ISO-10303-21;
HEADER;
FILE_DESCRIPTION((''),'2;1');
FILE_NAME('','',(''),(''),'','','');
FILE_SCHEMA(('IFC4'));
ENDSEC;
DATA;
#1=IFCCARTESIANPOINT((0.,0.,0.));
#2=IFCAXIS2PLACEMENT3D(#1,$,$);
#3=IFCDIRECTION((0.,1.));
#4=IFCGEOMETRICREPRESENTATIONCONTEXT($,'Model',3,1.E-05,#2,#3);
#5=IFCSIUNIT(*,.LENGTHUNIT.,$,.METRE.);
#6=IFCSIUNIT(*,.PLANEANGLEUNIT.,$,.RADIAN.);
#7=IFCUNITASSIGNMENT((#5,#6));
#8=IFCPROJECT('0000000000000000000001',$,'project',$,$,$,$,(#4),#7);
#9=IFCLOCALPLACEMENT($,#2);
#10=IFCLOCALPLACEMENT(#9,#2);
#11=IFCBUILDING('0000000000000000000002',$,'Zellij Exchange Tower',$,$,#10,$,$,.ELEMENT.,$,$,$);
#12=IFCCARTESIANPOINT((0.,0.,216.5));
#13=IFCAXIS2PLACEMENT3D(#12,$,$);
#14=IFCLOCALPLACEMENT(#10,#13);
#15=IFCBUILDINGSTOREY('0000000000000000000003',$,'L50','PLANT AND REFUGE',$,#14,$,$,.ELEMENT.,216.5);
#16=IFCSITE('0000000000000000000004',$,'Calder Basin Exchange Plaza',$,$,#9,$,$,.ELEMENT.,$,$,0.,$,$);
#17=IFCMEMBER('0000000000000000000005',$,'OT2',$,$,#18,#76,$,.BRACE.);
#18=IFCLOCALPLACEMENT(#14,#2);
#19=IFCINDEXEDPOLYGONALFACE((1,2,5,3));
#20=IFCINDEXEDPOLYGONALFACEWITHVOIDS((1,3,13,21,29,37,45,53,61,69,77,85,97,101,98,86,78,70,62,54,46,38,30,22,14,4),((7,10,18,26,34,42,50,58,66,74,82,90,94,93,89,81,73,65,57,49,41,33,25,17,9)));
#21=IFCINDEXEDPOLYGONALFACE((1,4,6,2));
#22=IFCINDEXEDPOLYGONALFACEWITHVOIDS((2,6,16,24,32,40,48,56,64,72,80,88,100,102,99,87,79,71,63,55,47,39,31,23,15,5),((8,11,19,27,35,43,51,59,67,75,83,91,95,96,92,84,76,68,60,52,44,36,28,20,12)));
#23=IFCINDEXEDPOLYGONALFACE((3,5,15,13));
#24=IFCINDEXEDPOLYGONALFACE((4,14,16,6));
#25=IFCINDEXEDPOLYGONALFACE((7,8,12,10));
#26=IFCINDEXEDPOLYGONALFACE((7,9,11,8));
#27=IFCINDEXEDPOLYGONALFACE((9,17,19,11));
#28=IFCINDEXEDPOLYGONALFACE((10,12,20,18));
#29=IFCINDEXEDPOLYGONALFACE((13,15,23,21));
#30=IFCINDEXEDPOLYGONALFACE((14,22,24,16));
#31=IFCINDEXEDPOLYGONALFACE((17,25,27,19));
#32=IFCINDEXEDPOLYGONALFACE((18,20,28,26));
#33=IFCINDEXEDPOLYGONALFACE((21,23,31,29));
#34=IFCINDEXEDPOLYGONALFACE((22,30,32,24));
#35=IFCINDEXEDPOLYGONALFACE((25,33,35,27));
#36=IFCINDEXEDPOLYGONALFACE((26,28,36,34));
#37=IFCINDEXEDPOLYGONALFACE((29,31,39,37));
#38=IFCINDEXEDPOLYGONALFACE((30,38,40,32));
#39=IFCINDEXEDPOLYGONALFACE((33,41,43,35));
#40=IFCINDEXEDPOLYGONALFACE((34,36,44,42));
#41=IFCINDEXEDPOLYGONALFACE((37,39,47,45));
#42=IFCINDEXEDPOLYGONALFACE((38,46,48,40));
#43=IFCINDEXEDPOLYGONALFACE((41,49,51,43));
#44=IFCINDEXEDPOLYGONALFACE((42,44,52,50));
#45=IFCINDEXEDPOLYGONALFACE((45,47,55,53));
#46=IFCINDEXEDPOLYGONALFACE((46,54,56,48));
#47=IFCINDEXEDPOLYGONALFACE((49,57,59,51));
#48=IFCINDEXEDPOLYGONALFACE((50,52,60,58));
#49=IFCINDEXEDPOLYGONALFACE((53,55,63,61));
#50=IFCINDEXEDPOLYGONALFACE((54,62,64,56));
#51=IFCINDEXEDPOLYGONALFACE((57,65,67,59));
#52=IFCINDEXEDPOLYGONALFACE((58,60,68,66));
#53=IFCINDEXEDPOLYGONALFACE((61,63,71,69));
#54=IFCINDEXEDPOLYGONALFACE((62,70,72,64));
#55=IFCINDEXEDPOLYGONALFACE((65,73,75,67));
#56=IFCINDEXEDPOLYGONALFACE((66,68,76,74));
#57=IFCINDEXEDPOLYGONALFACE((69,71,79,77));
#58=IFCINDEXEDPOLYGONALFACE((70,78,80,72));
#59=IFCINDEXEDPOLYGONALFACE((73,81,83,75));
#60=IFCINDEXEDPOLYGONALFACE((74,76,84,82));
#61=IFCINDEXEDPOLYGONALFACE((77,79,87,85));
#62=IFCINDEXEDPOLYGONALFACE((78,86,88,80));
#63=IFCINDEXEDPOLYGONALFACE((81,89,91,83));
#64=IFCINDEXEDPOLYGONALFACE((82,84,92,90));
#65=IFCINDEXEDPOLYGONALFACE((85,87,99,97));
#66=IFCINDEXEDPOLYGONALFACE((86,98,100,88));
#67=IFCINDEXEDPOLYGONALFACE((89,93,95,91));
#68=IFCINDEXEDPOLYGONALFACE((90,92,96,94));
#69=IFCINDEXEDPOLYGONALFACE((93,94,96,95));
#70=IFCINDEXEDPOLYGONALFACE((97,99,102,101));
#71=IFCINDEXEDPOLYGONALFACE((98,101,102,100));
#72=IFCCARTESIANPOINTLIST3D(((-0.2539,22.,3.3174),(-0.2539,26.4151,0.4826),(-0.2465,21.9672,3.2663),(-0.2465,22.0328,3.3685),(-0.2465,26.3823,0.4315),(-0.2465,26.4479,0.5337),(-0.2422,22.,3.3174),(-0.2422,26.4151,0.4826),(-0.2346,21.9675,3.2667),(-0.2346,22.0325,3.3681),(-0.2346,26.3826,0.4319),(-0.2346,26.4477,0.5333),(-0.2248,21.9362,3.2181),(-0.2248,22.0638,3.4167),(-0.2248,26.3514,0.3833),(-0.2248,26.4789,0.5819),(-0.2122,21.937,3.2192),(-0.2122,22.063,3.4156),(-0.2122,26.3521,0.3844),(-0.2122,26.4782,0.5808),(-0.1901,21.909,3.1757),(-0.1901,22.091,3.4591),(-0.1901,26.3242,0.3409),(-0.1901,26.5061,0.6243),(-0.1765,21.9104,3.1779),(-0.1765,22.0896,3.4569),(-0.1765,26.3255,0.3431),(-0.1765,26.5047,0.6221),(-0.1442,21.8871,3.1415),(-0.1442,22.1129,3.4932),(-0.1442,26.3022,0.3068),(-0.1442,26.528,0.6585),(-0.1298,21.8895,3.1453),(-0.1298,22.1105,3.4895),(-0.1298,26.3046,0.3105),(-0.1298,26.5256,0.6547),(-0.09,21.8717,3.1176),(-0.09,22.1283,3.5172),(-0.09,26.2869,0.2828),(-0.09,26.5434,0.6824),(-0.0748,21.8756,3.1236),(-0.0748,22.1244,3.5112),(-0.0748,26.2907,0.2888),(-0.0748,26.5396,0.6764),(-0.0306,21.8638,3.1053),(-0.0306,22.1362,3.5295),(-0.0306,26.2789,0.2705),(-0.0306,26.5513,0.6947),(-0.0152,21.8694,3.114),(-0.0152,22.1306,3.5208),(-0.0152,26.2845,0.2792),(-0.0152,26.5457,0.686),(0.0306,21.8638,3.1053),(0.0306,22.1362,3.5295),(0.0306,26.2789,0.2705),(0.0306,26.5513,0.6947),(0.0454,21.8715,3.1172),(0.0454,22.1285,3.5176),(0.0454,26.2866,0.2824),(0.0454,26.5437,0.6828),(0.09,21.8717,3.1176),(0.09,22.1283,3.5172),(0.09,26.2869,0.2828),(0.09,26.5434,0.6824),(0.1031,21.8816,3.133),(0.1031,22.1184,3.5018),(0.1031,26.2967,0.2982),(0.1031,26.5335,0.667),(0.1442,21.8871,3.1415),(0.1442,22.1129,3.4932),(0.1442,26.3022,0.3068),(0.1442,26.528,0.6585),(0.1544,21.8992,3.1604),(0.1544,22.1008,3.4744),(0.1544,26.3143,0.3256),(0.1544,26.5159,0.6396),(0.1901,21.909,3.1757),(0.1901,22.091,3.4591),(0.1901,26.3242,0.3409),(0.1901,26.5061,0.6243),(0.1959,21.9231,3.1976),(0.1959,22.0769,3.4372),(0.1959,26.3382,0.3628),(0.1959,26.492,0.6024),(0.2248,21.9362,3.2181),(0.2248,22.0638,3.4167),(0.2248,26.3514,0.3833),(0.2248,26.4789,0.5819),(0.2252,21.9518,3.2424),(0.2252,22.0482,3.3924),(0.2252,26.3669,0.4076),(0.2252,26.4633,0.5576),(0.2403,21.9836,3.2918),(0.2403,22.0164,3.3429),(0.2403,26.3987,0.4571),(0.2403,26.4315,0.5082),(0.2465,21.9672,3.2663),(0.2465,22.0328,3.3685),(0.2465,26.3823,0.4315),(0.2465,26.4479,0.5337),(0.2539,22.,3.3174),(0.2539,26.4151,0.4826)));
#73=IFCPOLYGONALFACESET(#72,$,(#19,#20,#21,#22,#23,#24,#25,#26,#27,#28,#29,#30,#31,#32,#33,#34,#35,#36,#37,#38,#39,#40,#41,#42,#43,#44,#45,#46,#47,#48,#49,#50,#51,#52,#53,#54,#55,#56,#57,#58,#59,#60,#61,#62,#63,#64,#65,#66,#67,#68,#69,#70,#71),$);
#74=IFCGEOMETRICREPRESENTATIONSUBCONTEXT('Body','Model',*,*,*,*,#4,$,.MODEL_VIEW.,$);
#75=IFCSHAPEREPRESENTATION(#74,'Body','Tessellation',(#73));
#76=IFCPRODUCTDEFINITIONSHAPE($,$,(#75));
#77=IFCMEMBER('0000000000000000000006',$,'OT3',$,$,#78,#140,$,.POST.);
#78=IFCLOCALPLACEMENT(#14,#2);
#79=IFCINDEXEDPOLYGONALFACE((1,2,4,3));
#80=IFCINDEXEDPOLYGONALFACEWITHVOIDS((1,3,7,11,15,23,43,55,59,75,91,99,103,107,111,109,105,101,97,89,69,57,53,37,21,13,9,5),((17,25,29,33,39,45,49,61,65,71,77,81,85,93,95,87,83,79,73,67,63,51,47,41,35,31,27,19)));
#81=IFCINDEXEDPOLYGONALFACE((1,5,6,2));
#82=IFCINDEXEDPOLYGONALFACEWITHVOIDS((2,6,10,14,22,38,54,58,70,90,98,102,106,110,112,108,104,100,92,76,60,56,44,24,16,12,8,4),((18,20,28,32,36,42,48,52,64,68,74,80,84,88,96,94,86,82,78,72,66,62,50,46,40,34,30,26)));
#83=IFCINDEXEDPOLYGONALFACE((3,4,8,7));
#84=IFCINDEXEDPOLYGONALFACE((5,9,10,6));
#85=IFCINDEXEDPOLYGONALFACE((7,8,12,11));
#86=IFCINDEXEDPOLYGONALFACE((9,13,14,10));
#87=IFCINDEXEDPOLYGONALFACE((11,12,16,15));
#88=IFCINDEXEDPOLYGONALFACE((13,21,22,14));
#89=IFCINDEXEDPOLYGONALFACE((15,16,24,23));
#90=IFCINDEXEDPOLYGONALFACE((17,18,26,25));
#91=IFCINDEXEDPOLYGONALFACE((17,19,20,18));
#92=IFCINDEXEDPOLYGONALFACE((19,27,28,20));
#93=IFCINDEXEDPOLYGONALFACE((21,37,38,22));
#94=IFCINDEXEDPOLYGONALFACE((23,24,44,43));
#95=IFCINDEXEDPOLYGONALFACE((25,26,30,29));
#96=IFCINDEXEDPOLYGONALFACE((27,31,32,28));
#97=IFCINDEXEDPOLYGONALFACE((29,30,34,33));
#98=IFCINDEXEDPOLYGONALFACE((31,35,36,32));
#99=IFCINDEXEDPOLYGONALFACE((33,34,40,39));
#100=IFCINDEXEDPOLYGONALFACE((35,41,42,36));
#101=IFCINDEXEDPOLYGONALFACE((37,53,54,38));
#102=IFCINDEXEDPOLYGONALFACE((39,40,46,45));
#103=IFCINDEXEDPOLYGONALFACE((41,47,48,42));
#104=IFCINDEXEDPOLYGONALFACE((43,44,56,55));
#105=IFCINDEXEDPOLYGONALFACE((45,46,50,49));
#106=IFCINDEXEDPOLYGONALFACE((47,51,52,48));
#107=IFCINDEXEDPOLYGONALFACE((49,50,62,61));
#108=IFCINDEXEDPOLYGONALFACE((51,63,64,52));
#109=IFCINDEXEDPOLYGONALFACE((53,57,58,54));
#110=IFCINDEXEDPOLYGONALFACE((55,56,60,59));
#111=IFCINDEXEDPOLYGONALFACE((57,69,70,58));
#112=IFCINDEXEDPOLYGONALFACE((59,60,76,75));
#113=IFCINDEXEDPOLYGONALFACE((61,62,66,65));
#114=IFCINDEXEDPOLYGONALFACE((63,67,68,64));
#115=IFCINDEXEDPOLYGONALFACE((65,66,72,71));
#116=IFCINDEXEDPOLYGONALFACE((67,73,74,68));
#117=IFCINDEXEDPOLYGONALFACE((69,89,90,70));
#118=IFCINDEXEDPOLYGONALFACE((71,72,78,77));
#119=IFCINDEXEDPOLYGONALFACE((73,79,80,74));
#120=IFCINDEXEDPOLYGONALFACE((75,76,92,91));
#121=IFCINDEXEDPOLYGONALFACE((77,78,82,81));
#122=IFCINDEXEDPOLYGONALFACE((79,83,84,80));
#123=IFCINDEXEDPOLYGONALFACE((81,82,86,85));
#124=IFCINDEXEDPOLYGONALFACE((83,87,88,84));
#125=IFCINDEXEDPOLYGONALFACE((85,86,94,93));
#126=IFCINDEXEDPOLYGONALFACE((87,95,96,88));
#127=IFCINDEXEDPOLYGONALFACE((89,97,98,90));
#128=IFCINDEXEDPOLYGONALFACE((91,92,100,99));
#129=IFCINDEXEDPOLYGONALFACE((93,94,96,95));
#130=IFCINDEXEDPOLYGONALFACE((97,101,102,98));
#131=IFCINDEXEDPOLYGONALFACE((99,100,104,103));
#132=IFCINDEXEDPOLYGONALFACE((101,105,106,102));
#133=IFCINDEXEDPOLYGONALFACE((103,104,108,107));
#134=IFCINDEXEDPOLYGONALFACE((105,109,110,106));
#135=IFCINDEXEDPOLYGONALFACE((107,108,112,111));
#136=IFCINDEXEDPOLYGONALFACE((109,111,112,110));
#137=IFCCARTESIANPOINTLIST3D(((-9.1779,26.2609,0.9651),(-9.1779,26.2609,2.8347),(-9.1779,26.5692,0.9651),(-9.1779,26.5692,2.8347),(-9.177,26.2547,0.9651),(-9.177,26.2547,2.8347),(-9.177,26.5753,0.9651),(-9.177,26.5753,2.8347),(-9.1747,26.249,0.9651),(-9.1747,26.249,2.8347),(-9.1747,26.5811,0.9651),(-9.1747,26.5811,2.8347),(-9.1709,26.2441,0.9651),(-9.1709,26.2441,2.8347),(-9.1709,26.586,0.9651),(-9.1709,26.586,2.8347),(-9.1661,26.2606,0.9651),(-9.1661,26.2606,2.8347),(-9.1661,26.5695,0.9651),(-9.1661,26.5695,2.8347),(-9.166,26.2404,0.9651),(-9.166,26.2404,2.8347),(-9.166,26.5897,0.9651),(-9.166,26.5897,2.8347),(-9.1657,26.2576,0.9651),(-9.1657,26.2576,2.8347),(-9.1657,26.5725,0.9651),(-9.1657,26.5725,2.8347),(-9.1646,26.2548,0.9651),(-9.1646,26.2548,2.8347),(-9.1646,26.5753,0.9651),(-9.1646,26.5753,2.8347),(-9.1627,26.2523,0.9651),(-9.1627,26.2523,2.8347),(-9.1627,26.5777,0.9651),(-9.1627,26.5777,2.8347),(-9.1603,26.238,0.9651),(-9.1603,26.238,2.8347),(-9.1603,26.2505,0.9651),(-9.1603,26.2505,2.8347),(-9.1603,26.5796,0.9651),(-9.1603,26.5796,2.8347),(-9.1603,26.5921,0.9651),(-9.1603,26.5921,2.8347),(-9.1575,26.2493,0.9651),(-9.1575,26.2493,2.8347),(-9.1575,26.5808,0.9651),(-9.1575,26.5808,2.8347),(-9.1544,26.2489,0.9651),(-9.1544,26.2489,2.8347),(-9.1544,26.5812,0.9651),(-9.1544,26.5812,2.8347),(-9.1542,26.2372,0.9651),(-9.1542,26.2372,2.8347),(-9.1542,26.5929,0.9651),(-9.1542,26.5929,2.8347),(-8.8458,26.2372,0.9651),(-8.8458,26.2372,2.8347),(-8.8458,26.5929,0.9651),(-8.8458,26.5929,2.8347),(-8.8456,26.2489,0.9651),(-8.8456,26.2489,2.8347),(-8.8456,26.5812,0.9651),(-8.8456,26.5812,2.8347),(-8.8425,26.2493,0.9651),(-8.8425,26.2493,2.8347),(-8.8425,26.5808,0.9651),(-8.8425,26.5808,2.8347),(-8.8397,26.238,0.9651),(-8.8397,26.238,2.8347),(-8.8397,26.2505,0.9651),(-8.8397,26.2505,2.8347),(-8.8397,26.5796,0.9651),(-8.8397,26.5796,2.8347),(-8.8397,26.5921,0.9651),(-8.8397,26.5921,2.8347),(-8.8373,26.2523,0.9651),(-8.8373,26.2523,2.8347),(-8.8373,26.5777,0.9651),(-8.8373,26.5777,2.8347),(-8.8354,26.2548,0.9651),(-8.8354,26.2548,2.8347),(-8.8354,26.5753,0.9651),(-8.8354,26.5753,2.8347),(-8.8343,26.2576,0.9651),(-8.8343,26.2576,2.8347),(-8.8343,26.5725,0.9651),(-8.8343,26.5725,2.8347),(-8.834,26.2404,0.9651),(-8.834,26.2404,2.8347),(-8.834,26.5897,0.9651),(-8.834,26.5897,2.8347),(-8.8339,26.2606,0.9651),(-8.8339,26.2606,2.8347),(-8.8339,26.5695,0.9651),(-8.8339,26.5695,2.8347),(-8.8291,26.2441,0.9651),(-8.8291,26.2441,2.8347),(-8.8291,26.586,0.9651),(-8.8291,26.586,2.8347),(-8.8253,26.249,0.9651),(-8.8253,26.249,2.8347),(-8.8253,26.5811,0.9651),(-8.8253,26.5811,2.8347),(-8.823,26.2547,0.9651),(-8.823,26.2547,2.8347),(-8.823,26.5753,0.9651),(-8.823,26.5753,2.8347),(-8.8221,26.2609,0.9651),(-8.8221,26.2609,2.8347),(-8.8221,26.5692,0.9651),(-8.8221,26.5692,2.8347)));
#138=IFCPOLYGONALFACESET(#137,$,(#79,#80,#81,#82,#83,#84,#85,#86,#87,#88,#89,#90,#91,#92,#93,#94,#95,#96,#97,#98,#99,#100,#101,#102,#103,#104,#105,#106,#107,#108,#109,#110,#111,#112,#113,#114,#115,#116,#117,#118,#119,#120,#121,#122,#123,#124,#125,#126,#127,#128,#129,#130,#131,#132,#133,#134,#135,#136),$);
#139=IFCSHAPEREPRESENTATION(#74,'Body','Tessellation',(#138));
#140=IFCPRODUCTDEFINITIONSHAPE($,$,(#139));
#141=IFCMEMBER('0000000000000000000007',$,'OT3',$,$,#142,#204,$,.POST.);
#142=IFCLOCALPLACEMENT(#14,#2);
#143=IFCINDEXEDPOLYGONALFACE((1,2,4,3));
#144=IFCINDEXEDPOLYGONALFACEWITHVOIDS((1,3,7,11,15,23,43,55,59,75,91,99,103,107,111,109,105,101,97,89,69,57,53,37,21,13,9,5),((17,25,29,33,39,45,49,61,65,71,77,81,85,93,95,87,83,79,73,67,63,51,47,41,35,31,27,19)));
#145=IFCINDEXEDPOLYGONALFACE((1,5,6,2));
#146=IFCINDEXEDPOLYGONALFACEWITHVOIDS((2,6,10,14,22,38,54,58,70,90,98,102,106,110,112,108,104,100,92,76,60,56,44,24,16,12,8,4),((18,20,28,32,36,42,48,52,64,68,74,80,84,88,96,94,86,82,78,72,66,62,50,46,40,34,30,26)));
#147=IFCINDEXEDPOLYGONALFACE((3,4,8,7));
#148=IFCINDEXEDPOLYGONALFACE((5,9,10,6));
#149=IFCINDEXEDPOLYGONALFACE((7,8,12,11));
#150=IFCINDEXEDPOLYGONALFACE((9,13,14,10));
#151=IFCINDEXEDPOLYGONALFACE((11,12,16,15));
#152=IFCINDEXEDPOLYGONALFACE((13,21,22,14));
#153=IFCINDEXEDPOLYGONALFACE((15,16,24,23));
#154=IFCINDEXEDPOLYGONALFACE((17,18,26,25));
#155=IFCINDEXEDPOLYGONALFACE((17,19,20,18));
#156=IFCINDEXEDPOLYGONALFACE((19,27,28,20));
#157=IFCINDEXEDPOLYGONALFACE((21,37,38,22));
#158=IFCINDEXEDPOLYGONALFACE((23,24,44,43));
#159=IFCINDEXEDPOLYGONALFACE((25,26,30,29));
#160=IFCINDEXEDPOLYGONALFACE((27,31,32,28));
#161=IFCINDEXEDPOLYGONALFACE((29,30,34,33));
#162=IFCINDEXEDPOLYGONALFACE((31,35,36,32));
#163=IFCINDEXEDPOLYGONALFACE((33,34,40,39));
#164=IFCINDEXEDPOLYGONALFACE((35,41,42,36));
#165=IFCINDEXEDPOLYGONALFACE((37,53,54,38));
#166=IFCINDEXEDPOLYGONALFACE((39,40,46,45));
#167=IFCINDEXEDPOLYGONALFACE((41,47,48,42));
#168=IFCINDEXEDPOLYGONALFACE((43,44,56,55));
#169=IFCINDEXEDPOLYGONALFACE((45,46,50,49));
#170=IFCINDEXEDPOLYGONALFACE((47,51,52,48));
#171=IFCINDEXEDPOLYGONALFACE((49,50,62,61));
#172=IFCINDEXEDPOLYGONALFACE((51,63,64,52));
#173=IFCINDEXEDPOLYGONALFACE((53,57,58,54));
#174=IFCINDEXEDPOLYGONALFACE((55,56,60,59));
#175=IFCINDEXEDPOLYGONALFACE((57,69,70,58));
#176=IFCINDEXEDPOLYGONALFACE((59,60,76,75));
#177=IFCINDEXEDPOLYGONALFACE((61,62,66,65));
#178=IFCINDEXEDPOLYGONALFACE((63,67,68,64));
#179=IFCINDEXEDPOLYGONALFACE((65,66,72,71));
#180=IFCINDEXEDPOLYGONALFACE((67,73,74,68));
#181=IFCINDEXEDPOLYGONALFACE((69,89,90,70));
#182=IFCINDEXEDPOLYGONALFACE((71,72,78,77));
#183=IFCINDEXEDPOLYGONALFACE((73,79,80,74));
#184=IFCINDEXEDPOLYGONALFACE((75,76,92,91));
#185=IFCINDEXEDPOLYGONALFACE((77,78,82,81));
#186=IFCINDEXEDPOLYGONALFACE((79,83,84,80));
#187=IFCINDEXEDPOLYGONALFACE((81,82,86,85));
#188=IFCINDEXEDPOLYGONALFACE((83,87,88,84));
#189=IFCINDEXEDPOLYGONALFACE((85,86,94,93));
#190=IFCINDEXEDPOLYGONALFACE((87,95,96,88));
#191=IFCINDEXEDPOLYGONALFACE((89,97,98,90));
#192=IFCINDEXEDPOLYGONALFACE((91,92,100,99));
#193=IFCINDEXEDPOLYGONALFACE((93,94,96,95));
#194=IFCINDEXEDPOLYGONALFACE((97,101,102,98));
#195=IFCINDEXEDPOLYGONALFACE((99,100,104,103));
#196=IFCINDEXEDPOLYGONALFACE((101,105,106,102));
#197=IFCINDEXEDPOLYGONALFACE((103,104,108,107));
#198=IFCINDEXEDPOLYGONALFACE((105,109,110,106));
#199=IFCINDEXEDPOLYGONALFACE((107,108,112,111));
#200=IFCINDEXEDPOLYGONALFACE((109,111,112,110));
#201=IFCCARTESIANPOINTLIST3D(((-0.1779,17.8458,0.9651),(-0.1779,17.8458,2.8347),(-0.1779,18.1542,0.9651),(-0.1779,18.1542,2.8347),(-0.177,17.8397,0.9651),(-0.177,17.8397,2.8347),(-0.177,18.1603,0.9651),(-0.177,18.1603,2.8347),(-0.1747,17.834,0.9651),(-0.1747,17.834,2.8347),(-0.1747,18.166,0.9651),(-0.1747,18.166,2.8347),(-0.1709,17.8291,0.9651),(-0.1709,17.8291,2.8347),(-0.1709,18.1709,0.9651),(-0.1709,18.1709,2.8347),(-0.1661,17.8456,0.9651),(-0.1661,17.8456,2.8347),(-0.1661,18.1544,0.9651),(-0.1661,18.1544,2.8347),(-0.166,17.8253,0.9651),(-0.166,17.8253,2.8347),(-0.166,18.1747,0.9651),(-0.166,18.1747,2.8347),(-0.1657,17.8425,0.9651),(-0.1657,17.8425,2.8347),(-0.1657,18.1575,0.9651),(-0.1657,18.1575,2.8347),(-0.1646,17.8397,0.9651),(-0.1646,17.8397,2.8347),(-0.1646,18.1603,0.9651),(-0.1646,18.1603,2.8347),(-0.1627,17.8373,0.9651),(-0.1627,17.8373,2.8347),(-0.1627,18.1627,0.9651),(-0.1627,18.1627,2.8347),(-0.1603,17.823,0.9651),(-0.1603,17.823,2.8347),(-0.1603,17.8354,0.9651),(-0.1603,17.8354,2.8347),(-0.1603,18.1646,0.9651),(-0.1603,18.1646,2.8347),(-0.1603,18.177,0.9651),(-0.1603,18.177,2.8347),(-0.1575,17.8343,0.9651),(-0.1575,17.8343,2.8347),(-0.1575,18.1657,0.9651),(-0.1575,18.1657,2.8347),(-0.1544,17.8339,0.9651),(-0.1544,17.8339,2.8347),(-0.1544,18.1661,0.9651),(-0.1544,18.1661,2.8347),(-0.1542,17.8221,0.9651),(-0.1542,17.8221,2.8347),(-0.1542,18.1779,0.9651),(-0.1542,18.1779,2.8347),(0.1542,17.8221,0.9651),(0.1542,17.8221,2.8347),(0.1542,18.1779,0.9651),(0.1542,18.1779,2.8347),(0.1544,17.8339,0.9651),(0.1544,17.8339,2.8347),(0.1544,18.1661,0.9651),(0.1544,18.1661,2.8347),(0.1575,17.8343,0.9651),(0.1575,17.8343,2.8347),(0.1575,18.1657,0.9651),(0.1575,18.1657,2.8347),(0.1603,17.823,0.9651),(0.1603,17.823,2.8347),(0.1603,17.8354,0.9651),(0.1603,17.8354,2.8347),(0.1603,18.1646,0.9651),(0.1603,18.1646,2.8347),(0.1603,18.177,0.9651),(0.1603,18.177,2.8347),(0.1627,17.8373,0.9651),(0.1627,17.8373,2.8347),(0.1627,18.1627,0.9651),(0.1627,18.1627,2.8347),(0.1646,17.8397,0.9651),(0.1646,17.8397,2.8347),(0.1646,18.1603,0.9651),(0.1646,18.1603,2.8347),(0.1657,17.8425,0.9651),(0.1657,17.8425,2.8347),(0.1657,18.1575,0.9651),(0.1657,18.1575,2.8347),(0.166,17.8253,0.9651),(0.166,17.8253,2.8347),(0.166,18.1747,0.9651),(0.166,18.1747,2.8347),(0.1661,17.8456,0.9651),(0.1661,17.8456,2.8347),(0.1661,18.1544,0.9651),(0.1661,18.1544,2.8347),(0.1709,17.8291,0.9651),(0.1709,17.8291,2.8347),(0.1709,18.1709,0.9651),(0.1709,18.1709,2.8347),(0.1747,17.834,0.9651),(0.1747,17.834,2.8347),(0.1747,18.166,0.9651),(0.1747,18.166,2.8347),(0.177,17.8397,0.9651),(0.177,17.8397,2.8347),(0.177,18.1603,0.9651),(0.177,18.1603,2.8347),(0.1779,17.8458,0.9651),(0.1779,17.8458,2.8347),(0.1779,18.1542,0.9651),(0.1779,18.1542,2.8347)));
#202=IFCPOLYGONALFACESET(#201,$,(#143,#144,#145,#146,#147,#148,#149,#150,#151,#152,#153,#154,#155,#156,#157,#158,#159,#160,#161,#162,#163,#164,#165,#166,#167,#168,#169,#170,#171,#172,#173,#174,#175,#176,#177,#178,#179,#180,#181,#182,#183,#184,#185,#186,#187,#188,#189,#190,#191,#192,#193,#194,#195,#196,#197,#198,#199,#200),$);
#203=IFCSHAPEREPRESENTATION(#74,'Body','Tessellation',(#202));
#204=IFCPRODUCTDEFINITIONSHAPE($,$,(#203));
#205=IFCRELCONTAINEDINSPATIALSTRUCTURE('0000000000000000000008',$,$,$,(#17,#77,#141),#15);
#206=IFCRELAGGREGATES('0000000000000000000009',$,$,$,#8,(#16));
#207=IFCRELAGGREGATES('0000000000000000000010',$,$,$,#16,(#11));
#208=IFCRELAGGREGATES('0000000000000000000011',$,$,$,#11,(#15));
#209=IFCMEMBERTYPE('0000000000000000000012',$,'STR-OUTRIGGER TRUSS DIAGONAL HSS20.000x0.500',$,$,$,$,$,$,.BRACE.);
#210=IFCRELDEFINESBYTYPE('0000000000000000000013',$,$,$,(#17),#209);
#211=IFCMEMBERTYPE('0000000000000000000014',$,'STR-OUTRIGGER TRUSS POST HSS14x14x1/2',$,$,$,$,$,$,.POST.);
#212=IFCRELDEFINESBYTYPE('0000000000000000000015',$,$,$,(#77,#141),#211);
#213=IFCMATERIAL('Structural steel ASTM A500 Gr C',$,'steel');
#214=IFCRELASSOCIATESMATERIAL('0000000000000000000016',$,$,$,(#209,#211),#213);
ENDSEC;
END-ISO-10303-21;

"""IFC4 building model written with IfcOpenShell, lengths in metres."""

from ifc_helpers import new_model, si_unit, direction, frame, origin, origin_2d, place, context, subcontext, project, spatial, hollow_rectangle, hollow_circle, extrude, material, material_profile, profile_set, type_object, element, save


model = new_model("IFC4")

# Units and contexts
model_context = context("Model", 3, precision=1e-05, world=origin(), true_north=direction((0.0, 1.0)))
body_context = subcontext(model_context, "Body", "Model", "MODEL_VIEW")
ifc_project = project(units=[si_unit("LENGTHUNIT", "METRE"), si_unit("PLANEANGLEUNIT", "RADIAN")], contexts=[model_context])

# Site, building, storey
site_placement = place(None, origin())
site = spatial("IfcSite", under=ifc_project, at=site_placement, Name="Calder Basin Exchange Plaza", CompositionType="ELEMENT", RefElevation=0.0)
building_placement = place(site_placement, origin())
building = spatial("IfcBuilding", under=site, at=building_placement, Name="Zellij Exchange Tower", CompositionType="ELEMENT")
storey_placement = place(building_placement, frame((0.0, 0.0, 216.5)))
storey = spatial("IfcBuildingStorey", under=building, at=storey_placement, Name="L50", Description="PLANT AND REFUGE", CompositionType="ELEMENT", Elevation=216.5)

# Members
ifc_material_1 = material(Name="Structural steel ASTM A500 Gr C", Category="steel")
ifc_material_profile_1 = material_profile(ifc_material_1, hollow_circle(Radius=0.2539, WallThickness=0.0117, at=origin_2d()), Name="STR-OUTRIGGER TRUSS DIAGONAL HSS20.000x0.500")
ifc_profile_set_1 = profile_set([ifc_material_profile_1], Name="Structural steel ASTM A500 Gr C")
member_type_1 = type_object("IfcMemberType", Name="STR-OUTRIGGER TRUSS DIAGONAL HSS20.000x0.500", PredefinedType="BRACE", material=ifc_profile_set_1)
member_1_placement = place(storey_placement, frame((0.0, 22.0, 3.3174), z_axis=(0.0, 0.841484, -0.540282), x_axis=(-1.0, 0.0, 0.0)))
element("IfcMember", 1, at=member_1_placement, inside=storey, type_object=member_type_1, Name="OT2", PredefinedType="BRACE", context=body_context, shape_type="SweptSolid", body=[
    extrude(hollow_circle(Radius=0.2539, WallThickness=0.0117, at=origin_2d()), origin(), (0.0, 0.0, 1.0), 5.2468),
])
ifc_material_profile_2 = material_profile(ifc_material_1, hollow_rectangle(XDim=0.3557, YDim=0.3557, WallThickness=0.0117, InnerFilletRadius=0.0117, OuterFilletRadius=0.0237, at=origin_2d()), Name="STR-OUTRIGGER TRUSS POST HSS14x14x1/2")
ifc_profile_set_2 = profile_set([ifc_material_profile_2], Name="Structural steel ASTM A500 Gr C")
member_type_2 = type_object("IfcMemberType", Name="STR-OUTRIGGER TRUSS POST HSS14x14x1/2", PredefinedType="POST", material=ifc_profile_set_2)
for number, where, z_axis, x_axis, name in (
    (2, (-9.0, 26.415, 0.9651), (0.0, 0.0, 1.0), (1.0, 0.0, 0.0), "OT3"),
    (3, (0.0, 18.0, 0.9651), (0.0, 0.0, 1.0), (1.0, 0.0, 0.0), "OT3"),
):
    element("IfcMember", number, at=place(storey_placement, frame(where, z_axis=z_axis, x_axis=x_axis)), inside=storey, type_object=member_type_2, Name=name, PredefinedType="POST", context=body_context, shape_type="SweptSolid", body=[
        extrude(hollow_rectangle(XDim=0.3557, YDim=0.3557, WallThickness=0.0117, InnerFilletRadius=0.0117, OuterFilletRadius=0.0237, at=origin_2d()), origin(), (0.0, 0.0, 1.0), 1.8696),
    ])

save(model, "model.ifc")
